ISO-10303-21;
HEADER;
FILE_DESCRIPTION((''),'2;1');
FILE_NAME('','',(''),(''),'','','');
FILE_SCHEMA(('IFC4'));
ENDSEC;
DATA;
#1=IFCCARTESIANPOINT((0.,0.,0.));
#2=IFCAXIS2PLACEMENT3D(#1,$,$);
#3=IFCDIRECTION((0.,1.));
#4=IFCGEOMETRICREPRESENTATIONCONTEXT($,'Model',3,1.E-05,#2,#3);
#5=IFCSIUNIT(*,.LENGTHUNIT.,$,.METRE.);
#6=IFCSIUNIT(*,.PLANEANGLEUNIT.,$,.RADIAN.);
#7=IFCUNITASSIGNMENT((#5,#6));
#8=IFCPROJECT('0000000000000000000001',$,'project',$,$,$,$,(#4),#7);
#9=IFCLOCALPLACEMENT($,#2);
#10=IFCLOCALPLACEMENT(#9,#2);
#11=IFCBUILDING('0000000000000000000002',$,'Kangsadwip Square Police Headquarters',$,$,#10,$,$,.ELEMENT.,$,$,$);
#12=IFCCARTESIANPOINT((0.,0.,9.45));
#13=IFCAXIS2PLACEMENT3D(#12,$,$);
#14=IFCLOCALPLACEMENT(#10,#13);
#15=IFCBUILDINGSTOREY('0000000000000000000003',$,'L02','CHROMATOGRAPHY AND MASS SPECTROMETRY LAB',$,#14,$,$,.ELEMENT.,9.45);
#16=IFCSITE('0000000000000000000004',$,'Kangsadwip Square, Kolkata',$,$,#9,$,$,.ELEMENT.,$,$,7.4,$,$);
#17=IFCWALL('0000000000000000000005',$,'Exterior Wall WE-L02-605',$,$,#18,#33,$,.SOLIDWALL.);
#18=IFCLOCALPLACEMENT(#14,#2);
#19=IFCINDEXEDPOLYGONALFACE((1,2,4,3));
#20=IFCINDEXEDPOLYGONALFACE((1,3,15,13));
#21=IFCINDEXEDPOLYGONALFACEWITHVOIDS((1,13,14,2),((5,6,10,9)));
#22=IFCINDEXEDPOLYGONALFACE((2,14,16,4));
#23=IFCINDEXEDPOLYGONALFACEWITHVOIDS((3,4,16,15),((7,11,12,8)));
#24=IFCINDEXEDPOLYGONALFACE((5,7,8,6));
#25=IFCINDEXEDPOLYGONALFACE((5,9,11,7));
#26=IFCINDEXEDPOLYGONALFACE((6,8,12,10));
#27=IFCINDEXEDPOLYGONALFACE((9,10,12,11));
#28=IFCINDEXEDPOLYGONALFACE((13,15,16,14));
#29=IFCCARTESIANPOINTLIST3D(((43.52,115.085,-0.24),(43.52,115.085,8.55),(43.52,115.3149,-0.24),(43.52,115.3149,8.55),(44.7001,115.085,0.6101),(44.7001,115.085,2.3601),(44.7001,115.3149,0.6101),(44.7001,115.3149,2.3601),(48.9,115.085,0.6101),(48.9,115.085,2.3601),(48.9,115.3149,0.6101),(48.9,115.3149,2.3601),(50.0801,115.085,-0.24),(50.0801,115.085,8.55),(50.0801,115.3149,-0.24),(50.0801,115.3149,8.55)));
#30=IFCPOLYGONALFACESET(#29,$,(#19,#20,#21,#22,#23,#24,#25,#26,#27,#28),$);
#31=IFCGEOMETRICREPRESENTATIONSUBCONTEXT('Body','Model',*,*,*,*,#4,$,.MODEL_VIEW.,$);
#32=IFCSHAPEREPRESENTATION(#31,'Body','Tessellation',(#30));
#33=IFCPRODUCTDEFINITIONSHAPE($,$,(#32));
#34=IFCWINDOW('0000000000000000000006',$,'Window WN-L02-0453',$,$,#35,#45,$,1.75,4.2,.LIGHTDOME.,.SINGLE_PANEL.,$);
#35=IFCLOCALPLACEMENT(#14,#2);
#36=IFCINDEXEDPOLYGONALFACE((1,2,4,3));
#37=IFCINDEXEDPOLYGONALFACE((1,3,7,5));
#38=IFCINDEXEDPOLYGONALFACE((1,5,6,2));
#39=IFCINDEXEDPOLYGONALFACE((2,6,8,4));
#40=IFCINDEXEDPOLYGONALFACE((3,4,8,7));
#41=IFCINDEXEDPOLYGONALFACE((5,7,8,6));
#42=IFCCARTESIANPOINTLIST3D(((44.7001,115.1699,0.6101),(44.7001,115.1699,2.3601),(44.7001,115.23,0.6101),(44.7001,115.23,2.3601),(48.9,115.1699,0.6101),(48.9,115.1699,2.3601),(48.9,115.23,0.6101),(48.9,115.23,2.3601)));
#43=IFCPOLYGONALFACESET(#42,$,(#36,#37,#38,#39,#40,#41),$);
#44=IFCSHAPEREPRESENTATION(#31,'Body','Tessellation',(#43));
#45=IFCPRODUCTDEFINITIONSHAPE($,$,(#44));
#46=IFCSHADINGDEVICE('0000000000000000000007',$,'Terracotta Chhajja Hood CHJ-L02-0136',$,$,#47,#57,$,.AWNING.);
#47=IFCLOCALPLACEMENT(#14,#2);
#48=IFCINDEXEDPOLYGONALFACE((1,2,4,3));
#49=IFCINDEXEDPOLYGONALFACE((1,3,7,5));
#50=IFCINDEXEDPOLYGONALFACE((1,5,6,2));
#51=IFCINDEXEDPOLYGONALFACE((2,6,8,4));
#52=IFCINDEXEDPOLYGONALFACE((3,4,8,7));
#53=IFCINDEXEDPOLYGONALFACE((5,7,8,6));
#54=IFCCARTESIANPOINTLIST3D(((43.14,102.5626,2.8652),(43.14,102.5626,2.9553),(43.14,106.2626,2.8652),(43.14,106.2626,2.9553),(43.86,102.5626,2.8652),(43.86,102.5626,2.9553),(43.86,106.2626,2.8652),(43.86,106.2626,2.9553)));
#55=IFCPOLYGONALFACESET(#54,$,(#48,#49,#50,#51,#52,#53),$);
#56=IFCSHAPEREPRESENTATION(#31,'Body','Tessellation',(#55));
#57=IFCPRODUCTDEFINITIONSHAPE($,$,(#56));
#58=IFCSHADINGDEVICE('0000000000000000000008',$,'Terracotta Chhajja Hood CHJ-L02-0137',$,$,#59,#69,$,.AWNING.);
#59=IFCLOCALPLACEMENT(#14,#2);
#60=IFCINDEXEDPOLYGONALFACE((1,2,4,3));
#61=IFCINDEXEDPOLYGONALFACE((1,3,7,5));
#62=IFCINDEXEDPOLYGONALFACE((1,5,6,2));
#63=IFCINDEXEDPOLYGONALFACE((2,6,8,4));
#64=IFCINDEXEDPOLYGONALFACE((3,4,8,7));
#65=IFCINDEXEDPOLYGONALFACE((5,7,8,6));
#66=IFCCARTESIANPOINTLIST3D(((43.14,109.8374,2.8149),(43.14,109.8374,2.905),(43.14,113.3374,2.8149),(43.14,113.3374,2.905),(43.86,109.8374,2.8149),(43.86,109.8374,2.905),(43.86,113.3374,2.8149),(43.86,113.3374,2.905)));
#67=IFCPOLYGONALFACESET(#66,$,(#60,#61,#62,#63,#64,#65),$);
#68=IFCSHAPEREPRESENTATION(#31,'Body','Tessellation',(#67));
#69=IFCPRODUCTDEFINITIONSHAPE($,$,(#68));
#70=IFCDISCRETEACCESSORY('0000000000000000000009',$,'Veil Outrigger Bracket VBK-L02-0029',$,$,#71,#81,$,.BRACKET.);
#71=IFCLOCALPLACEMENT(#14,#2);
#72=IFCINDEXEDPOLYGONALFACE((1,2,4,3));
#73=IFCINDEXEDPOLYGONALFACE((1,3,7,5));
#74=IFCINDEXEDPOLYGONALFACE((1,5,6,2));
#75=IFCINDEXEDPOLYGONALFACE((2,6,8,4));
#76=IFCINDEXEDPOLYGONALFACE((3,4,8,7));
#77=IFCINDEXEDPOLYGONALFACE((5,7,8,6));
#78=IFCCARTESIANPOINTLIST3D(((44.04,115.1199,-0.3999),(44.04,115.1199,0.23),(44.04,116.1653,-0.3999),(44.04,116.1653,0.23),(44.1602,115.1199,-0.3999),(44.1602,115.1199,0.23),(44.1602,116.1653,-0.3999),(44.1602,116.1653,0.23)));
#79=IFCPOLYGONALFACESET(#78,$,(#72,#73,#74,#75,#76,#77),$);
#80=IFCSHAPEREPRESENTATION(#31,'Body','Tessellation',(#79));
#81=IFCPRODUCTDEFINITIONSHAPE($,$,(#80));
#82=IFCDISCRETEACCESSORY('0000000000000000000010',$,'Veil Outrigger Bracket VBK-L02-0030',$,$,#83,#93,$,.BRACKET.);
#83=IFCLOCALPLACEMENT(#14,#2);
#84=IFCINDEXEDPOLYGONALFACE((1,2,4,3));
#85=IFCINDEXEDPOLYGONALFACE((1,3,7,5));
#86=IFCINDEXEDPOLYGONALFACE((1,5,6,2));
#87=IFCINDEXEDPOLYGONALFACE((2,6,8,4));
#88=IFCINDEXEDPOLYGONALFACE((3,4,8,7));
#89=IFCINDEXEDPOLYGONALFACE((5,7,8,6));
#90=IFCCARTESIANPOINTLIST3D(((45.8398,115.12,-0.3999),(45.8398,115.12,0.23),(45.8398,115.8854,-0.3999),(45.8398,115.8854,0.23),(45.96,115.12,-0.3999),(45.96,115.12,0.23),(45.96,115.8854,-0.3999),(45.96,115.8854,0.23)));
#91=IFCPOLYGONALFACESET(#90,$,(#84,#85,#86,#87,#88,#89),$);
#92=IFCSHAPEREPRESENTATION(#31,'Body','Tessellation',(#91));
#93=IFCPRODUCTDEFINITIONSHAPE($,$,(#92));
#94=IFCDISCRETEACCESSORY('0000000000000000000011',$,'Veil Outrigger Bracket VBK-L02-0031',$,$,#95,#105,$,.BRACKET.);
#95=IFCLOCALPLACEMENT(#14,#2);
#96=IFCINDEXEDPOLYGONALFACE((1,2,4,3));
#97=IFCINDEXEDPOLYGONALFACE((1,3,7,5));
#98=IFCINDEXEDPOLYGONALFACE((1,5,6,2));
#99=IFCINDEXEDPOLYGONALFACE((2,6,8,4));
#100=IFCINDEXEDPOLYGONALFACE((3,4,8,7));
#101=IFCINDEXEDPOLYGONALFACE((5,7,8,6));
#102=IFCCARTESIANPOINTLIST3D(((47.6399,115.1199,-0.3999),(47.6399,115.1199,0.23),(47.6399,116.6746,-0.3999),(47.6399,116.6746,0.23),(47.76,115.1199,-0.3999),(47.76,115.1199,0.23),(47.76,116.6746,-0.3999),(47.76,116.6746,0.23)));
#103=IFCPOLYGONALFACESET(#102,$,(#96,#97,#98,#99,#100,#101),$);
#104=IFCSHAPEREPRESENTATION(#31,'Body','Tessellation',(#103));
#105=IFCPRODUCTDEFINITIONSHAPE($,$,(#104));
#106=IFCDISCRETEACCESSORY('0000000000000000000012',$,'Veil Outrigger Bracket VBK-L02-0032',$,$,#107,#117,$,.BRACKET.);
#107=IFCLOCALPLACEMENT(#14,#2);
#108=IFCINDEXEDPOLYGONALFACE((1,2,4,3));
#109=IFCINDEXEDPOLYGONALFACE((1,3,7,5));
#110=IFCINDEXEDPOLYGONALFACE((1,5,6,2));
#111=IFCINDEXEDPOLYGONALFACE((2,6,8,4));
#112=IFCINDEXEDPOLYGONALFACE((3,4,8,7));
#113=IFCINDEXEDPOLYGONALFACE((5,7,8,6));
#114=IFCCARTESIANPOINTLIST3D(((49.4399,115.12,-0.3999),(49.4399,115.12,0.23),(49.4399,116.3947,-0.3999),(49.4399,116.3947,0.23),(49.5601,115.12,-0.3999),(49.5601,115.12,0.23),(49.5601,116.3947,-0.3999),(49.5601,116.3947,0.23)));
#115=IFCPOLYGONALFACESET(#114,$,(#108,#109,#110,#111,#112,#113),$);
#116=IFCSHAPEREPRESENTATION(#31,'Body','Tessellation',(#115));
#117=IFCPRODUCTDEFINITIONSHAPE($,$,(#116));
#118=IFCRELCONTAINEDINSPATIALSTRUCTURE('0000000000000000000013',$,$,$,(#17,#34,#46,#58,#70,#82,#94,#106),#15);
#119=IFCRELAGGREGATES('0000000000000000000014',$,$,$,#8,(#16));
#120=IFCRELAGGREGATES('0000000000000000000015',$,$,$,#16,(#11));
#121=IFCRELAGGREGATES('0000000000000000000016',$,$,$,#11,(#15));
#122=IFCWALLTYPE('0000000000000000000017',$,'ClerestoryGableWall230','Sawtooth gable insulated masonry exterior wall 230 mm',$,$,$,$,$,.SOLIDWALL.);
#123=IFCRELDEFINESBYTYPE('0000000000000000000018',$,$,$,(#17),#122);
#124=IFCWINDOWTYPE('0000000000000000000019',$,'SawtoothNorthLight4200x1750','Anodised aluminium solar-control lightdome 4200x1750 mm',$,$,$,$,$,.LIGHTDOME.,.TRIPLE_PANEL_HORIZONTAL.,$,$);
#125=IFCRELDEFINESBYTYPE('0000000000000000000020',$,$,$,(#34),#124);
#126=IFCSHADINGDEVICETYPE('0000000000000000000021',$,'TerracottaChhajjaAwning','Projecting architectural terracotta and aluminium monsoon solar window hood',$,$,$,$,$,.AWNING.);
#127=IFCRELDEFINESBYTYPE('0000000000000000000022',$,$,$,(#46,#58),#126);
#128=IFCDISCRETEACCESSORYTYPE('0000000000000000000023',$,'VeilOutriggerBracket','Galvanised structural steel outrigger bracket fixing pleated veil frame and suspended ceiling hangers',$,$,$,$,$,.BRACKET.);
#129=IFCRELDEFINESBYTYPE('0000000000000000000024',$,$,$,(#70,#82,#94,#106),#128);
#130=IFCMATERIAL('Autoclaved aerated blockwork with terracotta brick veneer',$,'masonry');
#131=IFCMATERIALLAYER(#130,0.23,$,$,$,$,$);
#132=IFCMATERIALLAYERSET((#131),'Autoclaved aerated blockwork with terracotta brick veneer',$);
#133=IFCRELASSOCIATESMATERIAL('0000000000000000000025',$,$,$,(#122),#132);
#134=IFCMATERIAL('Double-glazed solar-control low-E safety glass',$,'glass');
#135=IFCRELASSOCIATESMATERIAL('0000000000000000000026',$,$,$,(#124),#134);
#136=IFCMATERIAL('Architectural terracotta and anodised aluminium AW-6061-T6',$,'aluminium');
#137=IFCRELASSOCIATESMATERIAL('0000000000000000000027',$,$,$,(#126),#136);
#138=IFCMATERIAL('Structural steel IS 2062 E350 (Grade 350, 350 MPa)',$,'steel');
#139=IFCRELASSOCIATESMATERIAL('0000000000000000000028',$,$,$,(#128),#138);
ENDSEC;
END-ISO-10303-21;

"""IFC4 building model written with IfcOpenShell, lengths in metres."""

from ifc_helpers import new_model, si_unit, direction, frame, frame_2d, origin, origin_2d, place, context, subcontext, project, spatial, rectangle, extrude, material, layer, layer_set, type_object, element, fill, save


model = new_model("IFC4")

# Units and contexts
model_context = context("Model", 3, precision=1e-05, world=origin(), true_north=direction((0.0, 1.0)))
body_context = subcontext(model_context, "Body", "Model", "MODEL_VIEW")
ifc_project = project(units=[si_unit("LENGTHUNIT", "METRE"), si_unit("PLANEANGLEUNIT", "RADIAN")], contexts=[model_context])

# Site, building, storey
site_placement = place(None, origin())
site = spatial("IfcSite", under=ifc_project, at=site_placement, Name="Kangsadwip Square, Kolkata", CompositionType="ELEMENT", RefElevation=7.4)
building_placement = place(site_placement, origin())
building = spatial("IfcBuilding", under=site, at=building_placement, Name="Kangsadwip Square Police Headquarters", CompositionType="ELEMENT")
storey_placement = place(building_placement, frame((0.0, 0.0, 9.45)))
storey = spatial("IfcBuildingStorey", under=building, at=storey_placement, Name="L02", Description="CHROMATOGRAPHY AND MASS SPECTROMETRY LAB", CompositionType="ELEMENT", Elevation=9.45)

# Wall, opening, window
ifc_material_1 = material(Name="Autoclaved aerated blockwork with terracotta brick veneer", Category="masonry")
ifc_layer_1 = layer(ifc_material_1, 0.23)
ifc_layer_set_1 = layer_set([ifc_layer_1], Name="Autoclaved aerated blockwork with terracotta brick veneer")
wall_type_1 = type_object("IfcWallType", Name="ClerestoryGableWall230", Description="Sawtooth gable insulated masonry exterior wall 230 mm", PredefinedType="SOLIDWALL", material=ifc_layer_set_1)
wall_1_placement = place(storey_placement, frame((43.52, 115.2, -0.24), z_axis=(0.0, 0.0, 1.0), x_axis=(1.0, 0.0, 0.0)))
wall_1 = element("IfcWall", 1, at=wall_1_placement, inside=storey, type_object=wall_type_1, Name="Exterior Wall WE-L02-605", PredefinedType="SOLIDWALL", context=body_context, shape_type="SweptSolid", body=[
    extrude(rectangle(XDim=6.5601, YDim=0.23, at=frame_2d((3.28, 0.0))), origin(), (0.0, 0.0, 1.0), 8.79),
])
opening_1_placement = place(wall_1_placement, frame((1.1799, 0.0, 0.8501)))
opening_1 = element("IfcOpeningElement", 2, at=opening_1_placement, cuts=wall_1, PredefinedType="OPENING", context=body_context, shape_type="SweptSolid", body=[
    extrude(rectangle(XDim=4.2, YDim=1.75, at=frame_2d((2.1001, 0.875))), frame((0.0, 0.125, 0.0), z_axis=(0.0, -1.0, 0.0), x_axis=(1.0, 0.0, 0.0)), (0.0, 0.0, 1.0), 0.25),
])
ifc_material_2 = material(Name="Double-glazed solar-control low-E safety glass", Category="glass")
window_type_1 = type_object("IfcWindowType", Name="SawtoothNorthLight4200x1750", Description="Anodised aluminium solar-control lightdome 4200x1750 mm", PartitioningType="TRIPLE_PANEL_HORIZONTAL", PredefinedType="LIGHTDOME", material=ifc_material_2)
window_1_placement = place(opening_1_placement, origin())
window_1 = element("IfcWindow", 3, at=window_1_placement, inside=storey, type_object=window_type_1, Name="Window WN-L02-0453", OverallHeight=1.75, OverallWidth=4.2, PartitioningType="SINGLE_PANEL", PredefinedType="LIGHTDOME", context=body_context, shape_type="SweptSolid", body=[
    extrude(rectangle(XDim=4.2, YDim=1.75, at=frame_2d((2.1001, 0.875))), frame((0.0, 0.03, 0.0), z_axis=(0.0, -1.0, 0.0), x_axis=(1.0, 0.0, 0.0)), (0.0, 0.0, 1.0), 0.0601),
])
fill(opening_1, window_1)

# Shading devices
ifc_material_3 = material(Name="Architectural terracotta and anodised aluminium AW-6061-T6", Category="aluminium")
shading_device_type = type_object("IfcShadingDeviceType", Name="TerracottaChhajjaAwning", Description="Projecting architectural terracotta and aluminium monsoon solar window hood", PredefinedType="AWNING", material=ifc_material_3)
shading_device_1_placement = place(storey_placement, frame((43.5, 104.4126, 2.8652), z_axis=(0.0, 0.0, 1.0), x_axis=(0.0, 1.0, 0.0)))
element("IfcShadingDevice", 4, at=shading_device_1_placement, inside=storey, type_object=shading_device_type, Name="Terracotta Chhajja Hood CHJ-L02-0136", PredefinedType="AWNING", context=body_context, shape_type="SweptSolid", body=[
    extrude(rectangle(XDim=3.7, YDim=0.72, at=origin_2d()), origin(), (0.0, 0.0, 1.0), 0.0901),
])
shading_device_2_placement = place(storey_placement, frame((43.5, 111.5874, 2.8149), z_axis=(0.0, 0.0, 1.0), x_axis=(0.0, 1.0, 0.0)))
element("IfcShadingDevice", 5, at=shading_device_2_placement, inside=storey, type_object=shading_device_type, Name="Terracotta Chhajja Hood CHJ-L02-0137", PredefinedType="AWNING", context=body_context, shape_type="SweptSolid", body=[
    extrude(rectangle(XDim=3.5, YDim=0.72, at=origin_2d()), origin(), (0.0, 0.0, 1.0), 0.0901),
])

# Discrete accessories
ifc_material_4 = material(Name="Structural steel IS 2062 E350 (Grade 350, 350 MPa)", Category="steel")
discrete_accessory_type = type_object("IfcDiscreteAccessoryType", Name="VeilOutriggerBracket", Description="Galvanised structural steel outrigger bracket fixing pleated veil frame and suspended ceiling hangers", PredefinedType="BRACKET", material=ifc_material_4)
discrete_accessory_1_placement = place(storey_placement, frame((44.1001, 115.6426, -0.3999), z_axis=(0.0, 0.0, 1.0), x_axis=(1.0, 0.0, 0.0)))
element("IfcDiscreteAccessory", 6, at=discrete_accessory_1_placement, inside=storey, type_object=discrete_accessory_type, Name="Veil Outrigger Bracket VBK-L02-0029", PredefinedType="BRACKET", context=body_context, shape_type="SweptSolid", body=[
    extrude(rectangle(XDim=0.1201, YDim=1.0454, at=origin_2d()), origin(), (0.0, 0.0, 1.0), 0.6299),
])
discrete_accessory_2_placement = place(storey_placement, frame((45.8999, 115.5027, -0.3999), z_axis=(0.0, 0.0, 1.0), x_axis=(1.0, 0.0, 0.0)))
element("IfcDiscreteAccessory", 7, at=discrete_accessory_2_placement, inside=storey, type_object=discrete_accessory_type, Name="Veil Outrigger Bracket VBK-L02-0030", PredefinedType="BRACKET", context=body_context, shape_type="SweptSolid", body=[
    extrude(rectangle(XDim=0.1201, YDim=0.7654, at=origin_2d()), origin(), (0.0, 0.0, 1.0), 0.6299),
])
discrete_accessory_3_placement = place(storey_placement, frame((47.7, 115.8972, -0.3999), z_axis=(0.0, 0.0, 1.0), x_axis=(1.0, 0.0, 0.0)))
element("IfcDiscreteAccessory", 8, at=discrete_accessory_3_placement, inside=storey, type_object=discrete_accessory_type, Name="Veil Outrigger Bracket VBK-L02-0031", PredefinedType="BRACKET", context=body_context, shape_type="SweptSolid", body=[
    extrude(rectangle(XDim=0.1201, YDim=1.5547, at=origin_2d()), origin(), (0.0, 0.0, 1.0), 0.6299),
])
discrete_accessory_4_placement = place(storey_placement, frame((49.5, 115.7573, -0.3999), z_axis=(0.0, 0.0, 1.0), x_axis=(1.0, 0.0, 0.0)))
element("IfcDiscreteAccessory", 9, at=discrete_accessory_4_placement, inside=storey, type_object=discrete_accessory_type, Name="Veil Outrigger Bracket VBK-L02-0032", PredefinedType="BRACKET", context=body_context, shape_type="SweptSolid", body=[
    extrude(rectangle(XDim=0.1201, YDim=1.2747, at=origin_2d()), origin(), (0.0, 0.0, 1.0), 0.6299),
])

save(model, "model.ifc")
